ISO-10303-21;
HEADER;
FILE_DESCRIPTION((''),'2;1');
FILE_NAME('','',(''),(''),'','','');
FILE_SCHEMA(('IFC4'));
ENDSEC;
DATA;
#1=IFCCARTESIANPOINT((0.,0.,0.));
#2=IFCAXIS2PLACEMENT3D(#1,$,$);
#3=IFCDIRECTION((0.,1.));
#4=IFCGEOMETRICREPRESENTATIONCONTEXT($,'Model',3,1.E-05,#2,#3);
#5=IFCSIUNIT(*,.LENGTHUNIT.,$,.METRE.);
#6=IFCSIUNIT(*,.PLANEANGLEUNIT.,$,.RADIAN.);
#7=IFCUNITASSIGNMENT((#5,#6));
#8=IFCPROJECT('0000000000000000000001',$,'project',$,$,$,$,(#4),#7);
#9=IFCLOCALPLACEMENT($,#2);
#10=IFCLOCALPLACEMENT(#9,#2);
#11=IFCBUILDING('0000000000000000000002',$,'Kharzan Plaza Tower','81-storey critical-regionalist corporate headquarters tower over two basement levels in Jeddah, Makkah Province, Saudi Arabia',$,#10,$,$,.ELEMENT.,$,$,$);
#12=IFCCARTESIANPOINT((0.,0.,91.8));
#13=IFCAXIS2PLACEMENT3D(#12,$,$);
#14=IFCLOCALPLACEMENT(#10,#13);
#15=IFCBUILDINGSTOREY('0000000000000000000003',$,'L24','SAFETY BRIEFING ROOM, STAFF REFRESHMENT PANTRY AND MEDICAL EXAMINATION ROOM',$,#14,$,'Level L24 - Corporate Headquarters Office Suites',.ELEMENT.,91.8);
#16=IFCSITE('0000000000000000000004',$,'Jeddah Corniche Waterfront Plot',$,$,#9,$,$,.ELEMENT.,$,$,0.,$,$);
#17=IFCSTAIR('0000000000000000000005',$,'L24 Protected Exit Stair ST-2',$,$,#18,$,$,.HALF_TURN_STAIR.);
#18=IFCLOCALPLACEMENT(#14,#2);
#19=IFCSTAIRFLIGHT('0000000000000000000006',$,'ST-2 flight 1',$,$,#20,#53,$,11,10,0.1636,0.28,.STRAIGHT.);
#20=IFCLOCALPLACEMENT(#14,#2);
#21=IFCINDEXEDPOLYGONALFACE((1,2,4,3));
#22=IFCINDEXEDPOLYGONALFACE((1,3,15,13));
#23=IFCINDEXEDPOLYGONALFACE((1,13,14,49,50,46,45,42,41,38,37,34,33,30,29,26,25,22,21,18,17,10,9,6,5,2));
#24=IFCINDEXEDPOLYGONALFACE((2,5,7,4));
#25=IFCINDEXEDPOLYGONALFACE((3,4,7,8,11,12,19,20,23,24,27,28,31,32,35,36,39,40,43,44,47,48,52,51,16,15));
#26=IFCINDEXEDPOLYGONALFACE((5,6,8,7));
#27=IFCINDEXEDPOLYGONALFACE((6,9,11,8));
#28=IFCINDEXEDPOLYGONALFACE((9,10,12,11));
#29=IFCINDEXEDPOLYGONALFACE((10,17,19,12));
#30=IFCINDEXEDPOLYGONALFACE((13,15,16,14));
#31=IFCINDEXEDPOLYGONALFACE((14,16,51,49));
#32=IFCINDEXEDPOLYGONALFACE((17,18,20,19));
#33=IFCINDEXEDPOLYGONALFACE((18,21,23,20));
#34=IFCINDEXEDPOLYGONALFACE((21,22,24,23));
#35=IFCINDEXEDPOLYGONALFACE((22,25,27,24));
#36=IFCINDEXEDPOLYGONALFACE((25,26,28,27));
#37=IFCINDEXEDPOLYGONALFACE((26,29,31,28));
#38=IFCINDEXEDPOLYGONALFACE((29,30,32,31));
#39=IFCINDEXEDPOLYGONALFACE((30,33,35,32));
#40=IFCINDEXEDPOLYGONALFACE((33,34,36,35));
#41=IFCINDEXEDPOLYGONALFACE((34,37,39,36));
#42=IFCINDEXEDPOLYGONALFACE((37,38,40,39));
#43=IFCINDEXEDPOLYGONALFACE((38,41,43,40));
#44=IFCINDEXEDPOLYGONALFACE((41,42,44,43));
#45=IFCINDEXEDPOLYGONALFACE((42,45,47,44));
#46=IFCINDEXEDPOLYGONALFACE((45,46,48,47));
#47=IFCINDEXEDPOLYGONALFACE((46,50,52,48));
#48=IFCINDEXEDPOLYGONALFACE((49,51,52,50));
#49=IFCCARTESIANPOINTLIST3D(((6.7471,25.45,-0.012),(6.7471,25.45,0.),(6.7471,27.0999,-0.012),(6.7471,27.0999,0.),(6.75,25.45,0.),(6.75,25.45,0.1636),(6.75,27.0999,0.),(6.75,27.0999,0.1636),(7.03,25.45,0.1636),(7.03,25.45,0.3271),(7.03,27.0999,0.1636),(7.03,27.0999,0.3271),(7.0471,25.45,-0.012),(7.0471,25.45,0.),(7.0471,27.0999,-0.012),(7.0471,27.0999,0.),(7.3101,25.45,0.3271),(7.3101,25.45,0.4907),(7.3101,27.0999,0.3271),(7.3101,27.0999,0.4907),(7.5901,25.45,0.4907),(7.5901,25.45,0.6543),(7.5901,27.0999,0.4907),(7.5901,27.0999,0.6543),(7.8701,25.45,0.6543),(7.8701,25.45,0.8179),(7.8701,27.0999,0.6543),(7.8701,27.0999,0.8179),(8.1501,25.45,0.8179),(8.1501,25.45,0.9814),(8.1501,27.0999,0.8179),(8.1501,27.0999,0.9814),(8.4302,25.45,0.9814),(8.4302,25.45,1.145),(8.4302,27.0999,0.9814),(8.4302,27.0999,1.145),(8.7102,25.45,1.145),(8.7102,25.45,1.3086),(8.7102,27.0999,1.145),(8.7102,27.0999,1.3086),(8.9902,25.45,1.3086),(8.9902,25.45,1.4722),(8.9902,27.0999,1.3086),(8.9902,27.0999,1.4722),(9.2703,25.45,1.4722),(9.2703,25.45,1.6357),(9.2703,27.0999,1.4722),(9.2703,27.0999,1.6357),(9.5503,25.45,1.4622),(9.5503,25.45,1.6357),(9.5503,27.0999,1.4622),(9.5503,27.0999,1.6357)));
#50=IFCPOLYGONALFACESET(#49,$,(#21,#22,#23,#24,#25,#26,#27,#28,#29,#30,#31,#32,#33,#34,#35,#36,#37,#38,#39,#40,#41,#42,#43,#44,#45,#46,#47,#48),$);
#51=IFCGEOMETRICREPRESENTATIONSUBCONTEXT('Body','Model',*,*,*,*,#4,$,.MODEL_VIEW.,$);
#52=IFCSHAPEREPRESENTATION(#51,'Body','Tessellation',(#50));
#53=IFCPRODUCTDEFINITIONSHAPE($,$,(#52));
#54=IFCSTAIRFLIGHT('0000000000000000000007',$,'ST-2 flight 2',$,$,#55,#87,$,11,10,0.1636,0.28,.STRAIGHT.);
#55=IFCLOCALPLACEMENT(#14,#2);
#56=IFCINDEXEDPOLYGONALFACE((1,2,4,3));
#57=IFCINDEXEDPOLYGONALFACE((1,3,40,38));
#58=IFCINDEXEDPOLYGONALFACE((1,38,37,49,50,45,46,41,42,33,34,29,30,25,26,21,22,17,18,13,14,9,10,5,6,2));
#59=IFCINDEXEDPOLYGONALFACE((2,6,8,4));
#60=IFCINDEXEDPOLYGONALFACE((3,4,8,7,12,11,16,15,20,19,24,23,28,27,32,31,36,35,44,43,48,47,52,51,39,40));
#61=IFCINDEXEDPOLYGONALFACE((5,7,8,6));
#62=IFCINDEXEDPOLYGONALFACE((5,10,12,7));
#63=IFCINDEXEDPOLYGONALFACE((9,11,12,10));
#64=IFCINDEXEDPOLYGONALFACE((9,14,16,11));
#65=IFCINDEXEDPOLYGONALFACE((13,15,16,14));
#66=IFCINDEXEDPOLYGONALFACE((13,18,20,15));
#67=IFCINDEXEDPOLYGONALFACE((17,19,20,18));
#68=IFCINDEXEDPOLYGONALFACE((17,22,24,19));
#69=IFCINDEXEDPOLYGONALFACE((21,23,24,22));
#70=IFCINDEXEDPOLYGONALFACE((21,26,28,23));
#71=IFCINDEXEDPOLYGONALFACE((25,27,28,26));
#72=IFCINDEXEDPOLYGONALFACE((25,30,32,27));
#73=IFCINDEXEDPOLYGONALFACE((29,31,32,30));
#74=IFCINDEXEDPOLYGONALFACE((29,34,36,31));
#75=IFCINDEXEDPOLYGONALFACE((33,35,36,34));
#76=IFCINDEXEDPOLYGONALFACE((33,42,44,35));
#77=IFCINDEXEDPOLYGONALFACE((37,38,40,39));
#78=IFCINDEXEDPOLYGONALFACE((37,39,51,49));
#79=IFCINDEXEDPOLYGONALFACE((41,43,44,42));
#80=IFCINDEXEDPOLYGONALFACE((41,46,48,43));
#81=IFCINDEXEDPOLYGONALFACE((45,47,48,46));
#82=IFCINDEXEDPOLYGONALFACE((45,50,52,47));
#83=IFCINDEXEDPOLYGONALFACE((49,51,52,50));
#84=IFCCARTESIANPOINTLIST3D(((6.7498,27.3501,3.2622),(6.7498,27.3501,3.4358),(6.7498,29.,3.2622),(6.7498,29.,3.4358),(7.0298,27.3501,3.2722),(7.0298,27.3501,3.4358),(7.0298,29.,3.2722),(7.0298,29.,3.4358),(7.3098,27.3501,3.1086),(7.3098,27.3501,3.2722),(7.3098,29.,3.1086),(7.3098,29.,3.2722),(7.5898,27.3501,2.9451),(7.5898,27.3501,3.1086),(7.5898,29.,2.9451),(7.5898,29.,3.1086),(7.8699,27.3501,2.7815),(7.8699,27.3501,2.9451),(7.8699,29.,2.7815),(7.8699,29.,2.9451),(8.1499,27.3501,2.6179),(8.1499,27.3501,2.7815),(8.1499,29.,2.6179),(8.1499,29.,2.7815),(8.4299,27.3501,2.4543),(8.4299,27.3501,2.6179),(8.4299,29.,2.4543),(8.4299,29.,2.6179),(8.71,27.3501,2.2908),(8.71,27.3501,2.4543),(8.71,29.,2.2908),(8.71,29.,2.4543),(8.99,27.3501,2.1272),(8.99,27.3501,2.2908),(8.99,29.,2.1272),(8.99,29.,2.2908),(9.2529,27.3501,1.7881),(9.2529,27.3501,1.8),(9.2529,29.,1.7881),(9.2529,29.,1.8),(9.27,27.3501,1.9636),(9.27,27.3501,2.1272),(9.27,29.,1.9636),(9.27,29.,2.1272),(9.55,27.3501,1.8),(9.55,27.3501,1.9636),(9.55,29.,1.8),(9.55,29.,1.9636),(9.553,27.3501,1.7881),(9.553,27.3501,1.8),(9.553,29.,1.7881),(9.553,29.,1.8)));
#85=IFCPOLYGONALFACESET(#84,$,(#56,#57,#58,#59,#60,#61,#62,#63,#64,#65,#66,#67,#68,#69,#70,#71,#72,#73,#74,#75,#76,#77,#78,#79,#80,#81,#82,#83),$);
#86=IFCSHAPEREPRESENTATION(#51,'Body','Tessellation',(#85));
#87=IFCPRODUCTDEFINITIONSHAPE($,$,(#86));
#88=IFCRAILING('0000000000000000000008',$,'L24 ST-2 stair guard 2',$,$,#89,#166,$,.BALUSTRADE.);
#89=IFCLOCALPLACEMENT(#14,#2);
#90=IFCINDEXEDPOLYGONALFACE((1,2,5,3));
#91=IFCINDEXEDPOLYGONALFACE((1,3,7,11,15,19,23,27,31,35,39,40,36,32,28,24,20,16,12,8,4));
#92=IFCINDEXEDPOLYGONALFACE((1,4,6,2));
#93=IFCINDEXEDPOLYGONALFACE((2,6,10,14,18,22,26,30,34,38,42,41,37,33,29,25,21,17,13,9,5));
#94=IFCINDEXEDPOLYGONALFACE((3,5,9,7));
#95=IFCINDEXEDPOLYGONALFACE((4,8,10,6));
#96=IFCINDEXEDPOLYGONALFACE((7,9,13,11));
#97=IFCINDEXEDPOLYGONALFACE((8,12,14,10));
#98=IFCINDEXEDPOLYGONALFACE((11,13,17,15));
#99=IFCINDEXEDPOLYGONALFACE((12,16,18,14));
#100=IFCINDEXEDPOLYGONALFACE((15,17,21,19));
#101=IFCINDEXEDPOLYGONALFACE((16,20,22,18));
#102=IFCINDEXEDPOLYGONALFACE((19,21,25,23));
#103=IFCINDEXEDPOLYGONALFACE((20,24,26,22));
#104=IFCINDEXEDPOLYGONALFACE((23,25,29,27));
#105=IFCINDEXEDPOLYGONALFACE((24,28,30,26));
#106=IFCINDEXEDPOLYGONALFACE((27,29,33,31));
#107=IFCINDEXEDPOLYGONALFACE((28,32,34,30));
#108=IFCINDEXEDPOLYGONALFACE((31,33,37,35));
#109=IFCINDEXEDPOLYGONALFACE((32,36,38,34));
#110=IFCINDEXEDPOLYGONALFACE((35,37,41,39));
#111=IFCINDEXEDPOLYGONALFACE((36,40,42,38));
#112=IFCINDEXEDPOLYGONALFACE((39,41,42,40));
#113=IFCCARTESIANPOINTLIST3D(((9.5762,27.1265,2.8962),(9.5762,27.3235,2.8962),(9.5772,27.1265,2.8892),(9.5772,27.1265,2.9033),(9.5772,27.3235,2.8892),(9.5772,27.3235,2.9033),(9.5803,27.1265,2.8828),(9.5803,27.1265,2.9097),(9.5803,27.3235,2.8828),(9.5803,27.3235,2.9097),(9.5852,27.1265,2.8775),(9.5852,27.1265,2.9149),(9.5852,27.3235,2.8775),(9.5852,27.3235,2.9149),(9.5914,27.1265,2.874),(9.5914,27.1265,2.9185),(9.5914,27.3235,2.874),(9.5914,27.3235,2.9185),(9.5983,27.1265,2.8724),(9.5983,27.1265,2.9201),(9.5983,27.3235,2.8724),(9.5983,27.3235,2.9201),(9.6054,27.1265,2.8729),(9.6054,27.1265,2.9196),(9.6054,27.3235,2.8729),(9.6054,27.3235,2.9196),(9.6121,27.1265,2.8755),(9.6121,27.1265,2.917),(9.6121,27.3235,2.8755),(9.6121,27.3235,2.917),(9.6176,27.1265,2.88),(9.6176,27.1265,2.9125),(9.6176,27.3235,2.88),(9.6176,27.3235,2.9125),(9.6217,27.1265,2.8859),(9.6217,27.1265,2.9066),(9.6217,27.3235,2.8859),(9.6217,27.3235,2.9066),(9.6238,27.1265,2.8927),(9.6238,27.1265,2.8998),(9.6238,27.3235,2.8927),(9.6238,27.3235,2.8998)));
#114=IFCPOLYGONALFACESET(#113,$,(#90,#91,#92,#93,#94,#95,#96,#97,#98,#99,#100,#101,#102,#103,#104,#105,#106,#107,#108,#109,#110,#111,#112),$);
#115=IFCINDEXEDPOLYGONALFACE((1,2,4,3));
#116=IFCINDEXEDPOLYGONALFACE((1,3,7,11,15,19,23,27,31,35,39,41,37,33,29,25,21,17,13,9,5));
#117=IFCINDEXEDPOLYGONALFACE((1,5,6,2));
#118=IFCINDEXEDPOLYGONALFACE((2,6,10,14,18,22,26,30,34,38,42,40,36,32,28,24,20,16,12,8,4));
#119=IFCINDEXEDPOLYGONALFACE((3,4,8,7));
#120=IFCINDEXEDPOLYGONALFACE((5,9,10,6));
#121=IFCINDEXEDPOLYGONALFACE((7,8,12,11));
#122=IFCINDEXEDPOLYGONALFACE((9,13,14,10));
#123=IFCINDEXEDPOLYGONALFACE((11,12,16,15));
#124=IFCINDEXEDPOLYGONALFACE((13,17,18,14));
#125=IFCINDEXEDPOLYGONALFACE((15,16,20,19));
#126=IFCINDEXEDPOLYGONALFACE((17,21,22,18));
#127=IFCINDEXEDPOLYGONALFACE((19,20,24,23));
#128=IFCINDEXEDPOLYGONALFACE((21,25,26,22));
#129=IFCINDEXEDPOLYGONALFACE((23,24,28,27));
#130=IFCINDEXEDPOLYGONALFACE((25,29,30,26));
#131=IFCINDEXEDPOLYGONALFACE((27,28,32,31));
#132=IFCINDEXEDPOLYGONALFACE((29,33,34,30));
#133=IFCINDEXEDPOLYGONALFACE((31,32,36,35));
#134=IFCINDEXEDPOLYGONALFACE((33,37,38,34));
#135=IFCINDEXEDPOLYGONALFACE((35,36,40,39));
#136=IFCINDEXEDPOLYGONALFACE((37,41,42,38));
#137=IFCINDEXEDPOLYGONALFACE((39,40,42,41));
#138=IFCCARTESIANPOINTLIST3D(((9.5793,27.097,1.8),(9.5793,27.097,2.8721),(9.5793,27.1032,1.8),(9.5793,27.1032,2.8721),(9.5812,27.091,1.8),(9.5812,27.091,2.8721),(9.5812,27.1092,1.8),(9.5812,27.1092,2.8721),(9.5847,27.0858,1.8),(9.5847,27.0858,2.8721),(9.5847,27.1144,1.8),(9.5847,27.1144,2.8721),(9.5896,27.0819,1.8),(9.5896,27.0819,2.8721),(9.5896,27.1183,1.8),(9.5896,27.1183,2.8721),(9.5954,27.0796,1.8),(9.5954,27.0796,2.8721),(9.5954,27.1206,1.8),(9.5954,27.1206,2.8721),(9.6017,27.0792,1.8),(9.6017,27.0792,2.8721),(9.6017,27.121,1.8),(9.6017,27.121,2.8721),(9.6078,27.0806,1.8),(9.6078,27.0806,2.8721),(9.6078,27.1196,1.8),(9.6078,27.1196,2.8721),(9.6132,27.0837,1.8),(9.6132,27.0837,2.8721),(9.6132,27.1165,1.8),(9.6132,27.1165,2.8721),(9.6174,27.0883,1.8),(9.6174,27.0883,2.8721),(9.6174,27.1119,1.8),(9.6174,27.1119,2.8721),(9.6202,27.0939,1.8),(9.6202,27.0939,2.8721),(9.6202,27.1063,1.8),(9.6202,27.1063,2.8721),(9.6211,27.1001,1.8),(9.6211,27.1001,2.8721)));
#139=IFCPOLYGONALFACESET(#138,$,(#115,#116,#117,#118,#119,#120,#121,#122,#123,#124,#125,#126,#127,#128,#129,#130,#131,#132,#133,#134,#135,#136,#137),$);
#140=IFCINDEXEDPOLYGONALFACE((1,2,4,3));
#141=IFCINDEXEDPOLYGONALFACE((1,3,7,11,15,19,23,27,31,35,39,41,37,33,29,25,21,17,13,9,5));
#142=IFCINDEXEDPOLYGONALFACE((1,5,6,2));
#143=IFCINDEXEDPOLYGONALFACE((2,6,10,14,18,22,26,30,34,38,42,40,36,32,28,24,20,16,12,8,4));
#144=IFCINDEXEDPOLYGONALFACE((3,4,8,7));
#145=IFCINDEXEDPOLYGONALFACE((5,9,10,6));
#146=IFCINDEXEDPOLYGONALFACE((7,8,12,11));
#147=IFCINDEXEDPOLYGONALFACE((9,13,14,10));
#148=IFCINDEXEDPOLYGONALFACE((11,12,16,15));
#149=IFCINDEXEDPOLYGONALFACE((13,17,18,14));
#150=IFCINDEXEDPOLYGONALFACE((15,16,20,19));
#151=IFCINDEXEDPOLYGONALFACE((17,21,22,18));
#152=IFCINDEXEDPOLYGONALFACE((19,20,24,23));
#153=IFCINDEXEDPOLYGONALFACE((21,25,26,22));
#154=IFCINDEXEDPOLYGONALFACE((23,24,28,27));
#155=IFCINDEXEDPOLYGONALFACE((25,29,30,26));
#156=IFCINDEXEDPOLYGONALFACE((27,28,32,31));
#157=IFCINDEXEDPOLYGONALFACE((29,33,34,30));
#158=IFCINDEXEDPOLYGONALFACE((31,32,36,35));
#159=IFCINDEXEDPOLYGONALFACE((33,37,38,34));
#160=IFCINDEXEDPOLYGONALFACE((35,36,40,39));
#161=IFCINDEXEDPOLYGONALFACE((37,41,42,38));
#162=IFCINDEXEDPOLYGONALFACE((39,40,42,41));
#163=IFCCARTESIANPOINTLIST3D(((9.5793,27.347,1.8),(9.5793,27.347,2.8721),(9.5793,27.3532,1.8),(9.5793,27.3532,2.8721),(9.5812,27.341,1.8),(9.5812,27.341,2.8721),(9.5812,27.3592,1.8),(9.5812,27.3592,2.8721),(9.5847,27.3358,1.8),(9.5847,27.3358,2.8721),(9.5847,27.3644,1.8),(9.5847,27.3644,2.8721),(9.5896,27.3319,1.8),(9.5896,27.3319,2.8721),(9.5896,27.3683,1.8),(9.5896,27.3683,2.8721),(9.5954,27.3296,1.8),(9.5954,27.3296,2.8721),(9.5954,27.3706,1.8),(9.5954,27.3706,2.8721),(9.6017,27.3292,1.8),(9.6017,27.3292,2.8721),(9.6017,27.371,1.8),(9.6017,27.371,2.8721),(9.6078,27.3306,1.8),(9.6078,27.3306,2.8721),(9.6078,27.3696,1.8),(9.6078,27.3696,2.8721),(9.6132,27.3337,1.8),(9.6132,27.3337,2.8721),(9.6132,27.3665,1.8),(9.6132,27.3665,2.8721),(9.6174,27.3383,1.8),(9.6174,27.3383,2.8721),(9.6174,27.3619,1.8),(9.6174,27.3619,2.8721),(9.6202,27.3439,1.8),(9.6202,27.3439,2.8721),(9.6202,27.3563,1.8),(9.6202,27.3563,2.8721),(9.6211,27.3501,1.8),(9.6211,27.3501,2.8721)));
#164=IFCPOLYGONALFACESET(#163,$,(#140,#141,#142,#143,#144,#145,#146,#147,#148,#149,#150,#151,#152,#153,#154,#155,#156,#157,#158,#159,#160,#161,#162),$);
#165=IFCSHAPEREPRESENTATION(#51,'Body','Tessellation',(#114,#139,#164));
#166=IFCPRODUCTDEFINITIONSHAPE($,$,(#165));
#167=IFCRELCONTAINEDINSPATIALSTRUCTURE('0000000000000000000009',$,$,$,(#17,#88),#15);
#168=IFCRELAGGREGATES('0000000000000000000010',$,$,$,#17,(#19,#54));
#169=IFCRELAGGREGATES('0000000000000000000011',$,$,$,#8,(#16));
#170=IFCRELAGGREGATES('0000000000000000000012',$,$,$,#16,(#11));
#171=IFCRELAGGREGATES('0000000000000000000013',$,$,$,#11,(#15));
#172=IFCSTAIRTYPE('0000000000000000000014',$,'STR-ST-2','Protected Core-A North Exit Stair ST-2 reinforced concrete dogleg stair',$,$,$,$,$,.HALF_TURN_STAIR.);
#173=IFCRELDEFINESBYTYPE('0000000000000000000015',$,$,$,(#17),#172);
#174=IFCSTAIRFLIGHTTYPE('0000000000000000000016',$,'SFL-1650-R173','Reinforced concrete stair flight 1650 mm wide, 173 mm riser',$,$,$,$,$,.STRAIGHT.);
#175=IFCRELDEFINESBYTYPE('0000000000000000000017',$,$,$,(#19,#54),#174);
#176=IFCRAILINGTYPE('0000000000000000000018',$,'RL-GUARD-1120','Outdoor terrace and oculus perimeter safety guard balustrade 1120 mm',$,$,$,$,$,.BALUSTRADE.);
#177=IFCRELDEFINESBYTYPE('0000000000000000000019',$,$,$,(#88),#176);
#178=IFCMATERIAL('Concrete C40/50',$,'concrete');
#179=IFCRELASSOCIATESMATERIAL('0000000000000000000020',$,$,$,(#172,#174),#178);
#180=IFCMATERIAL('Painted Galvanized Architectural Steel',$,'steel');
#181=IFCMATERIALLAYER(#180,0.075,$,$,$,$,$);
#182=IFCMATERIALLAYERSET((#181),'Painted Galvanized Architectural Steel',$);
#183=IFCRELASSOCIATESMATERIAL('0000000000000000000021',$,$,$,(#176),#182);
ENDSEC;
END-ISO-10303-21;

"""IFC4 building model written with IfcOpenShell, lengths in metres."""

from ifc_helpers import new_model, si_unit, direction, frame, origin, origin_2d, place, context, subcontext, project, spatial, polyline, circle, outline, extrude, source, transform, mapped, material, layer, layer_set, type_object, element, aggregate, save


model = new_model("IFC4")

# Units and contexts
model_context = context("Model", 3, precision=1e-05, world=origin(), true_north=direction((0.0, 1.0)))
body_context = subcontext(model_context, "Body", "Model", "MODEL_VIEW")
ifc_project = project(units=[si_unit("LENGTHUNIT", "METRE"), si_unit("PLANEANGLEUNIT", "RADIAN")], contexts=[model_context])

# Site, building, storey
site_placement = place(None, origin())
site = spatial("IfcSite", under=ifc_project, at=site_placement, Name="Jeddah Corniche Waterfront Plot", CompositionType="ELEMENT", RefElevation=0.0)
building_placement = place(site_placement, origin())
building = spatial("IfcBuilding", under=site, at=building_placement, Name="Kharzan Plaza Tower", Description="81-storey critical-regionalist corporate headquarters tower over two basement levels in Jeddah, Makkah Province, Saudi Arabia", CompositionType="ELEMENT")
storey_placement = place(building_placement, frame((0.0, 0.0, 91.8)))
storey = spatial("IfcBuildingStorey", under=building, at=storey_placement, Name="L24", Description="SAFETY BRIEFING ROOM, STAFF REFRESHMENT PANTRY AND MEDICAL EXAMINATION ROOM", LongName="Level L24 - Corporate Headquarters Office Suites", CompositionType="ELEMENT", Elevation=91.8)

# Shared definitions
ifc_material_1 = material(Name="Concrete C40/50", Category="concrete")

# Stair, stair flights
stair_type = type_object("IfcStairType", Name="STR-ST-2", Description="Protected Core-A North Exit Stair ST-2 reinforced concrete dogleg stair", PredefinedType="HALF_TURN_STAIR", material=ifc_material_1)
stair_placement = place(storey_placement, origin())
stair = element("IfcStair", 1, at=stair_placement, inside=storey, type_object=stair_type, Name="L24 Protected Exit Stair ST-2", PredefinedType="HALF_TURN_STAIR")
stair_flight_type = type_object("IfcStairFlightType", Name="SFL-1650-R173", Description="Reinforced concrete stair flight 1650 mm wide, 173 mm riser", PredefinedType="STRAIGHT", material=ifc_material_1)
shared_shape_1 = source(origin(), body_context, "Body", "SweptSolid", [
    extrude(outline(polyline([(-0.0029, -0.012), (-0.0029, 0.0), (0.0, 0.0), (0.0, 0.1636), (0.28, 0.1636), (0.28, 0.3271), (0.5601, 0.3271), (0.5601, 0.4907), (0.8401, 0.4907), (0.8401, 0.6543), (1.1201, 0.6543), (1.1201, 0.8179), (1.4001, 0.8179), (1.4001, 0.9814), (1.6802, 0.9814), (1.6802, 1.145), (1.9602, 1.145), (1.9602, 1.3086), (2.2402, 1.3086), (2.2402, 1.4722), (2.5203, 1.4722), (2.5203, 1.6357), (2.8003, 1.6357), (2.8003, 1.7993), (2.8003, 1.4622), (0.2971, 0.0), (0.2971, -0.012), (-0.0029, -0.012)])), frame((0.0, 0.825, 0.0), z_axis=(0.0, -1.0, 0.0), x_axis=(1.0, 0.0, 0.0)), (0.0, 0.0, 1.0), 1.6499),
])
stair_flight_1_placement = place(storey_placement, frame((6.75, 26.2749, 0.0), z_axis=(0.0, 0.0, 1.0), x_axis=(1.0, 0.0, 0.0)))
stair_flight_1 = element("IfcStairFlight", 2, at=stair_flight_1_placement, type_object=stair_flight_type, Name="ST-2 flight 1", NumberOfRisers=11, NumberOfTreads=10, PredefinedType="STRAIGHT", RiserHeight=0.1636, TreadLength=0.28, context=body_context, shape_type="MappedRepresentation", body=[
    mapped(shared_shape_1, transform((0.0, 0.0, 0.0), x_axis=(1.0, 0.0, 0.0), y_axis=(0.0, 1.0, 0.0), z_axis=(0.0, 0.0, 1.0))),
])
stair_flight_2_placement = place(storey_placement, frame((9.55, 28.175, 1.8), z_axis=(0.0, 0.0, 1.0), x_axis=(-1.0, 0.0, 0.0)))
stair_flight_2 = element("IfcStairFlight", 3, at=stair_flight_2_placement, type_object=stair_flight_type, Name="ST-2 flight 2", NumberOfRisers=11, NumberOfTreads=10, PredefinedType="STRAIGHT", RiserHeight=0.1636, TreadLength=0.28, context=body_context, shape_type="MappedRepresentation", body=[
    mapped(shared_shape_1, transform((0.0, 0.0, 0.0), x_axis=(1.0, 0.0, 0.0), y_axis=(0.0, 1.0, 0.0), z_axis=(0.0, 0.0, 1.0))),
])
aggregate(stair, [stair_flight_1, stair_flight_2])

# Railing
ifc_material_2 = material(Name="Painted Galvanized Architectural Steel", Category="steel")
ifc_layer_1 = layer(ifc_material_2, 0.075)
ifc_layer_set_1 = layer_set([ifc_layer_1], Name="Painted Galvanized Architectural Steel")
railing_type_1 = type_object("IfcRailingType", Name="RL-GUARD-1120", Description="Outdoor terrace and oculus perimeter safety guard balustrade 1120 mm", PredefinedType="BALUSTRADE", material=ifc_layer_set_1)
shared_shape_2 = source(origin(), body_context, "Body", "SweptSolid", [
    extrude(circle(Radius=0.0239, at=origin_2d()), frame((0.0, 0.0264, 1.0962), z_axis=(0.0, 1.0, 0.0), x_axis=(-1.0, 0.0, 0.0)), (0.0, 0.0, 1.0), 0.197),
    extrude(circle(Radius=0.021, at=origin_2d()), origin(), (0.0, 0.0, 1.0), 1.072),
    extrude(circle(Radius=0.021, at=origin_2d()), frame((0.0, 0.25, 0.0)), (0.0, 0.0, 1.0), 1.072),
])
for number, where, name in (
    (4, (9.6001, 27.1001, 1.8), "L24 ST-2 stair guard 2"),
):
    element("IfcRailing", number, at=place(storey_placement, frame(where)), inside=storey, type_object=railing_type_1, Name=name, PredefinedType="BALUSTRADE", context=body_context, shape_type="MappedRepresentation", body=[
        mapped(shared_shape_2, transform((0.0, 0.0, 0.0), x_axis=(1.0, 0.0, 0.0), y_axis=(0.0, 1.0, 0.0), z_axis=(0.0, 0.0, 1.0))),
    ])

save(model, "model.ifc")
